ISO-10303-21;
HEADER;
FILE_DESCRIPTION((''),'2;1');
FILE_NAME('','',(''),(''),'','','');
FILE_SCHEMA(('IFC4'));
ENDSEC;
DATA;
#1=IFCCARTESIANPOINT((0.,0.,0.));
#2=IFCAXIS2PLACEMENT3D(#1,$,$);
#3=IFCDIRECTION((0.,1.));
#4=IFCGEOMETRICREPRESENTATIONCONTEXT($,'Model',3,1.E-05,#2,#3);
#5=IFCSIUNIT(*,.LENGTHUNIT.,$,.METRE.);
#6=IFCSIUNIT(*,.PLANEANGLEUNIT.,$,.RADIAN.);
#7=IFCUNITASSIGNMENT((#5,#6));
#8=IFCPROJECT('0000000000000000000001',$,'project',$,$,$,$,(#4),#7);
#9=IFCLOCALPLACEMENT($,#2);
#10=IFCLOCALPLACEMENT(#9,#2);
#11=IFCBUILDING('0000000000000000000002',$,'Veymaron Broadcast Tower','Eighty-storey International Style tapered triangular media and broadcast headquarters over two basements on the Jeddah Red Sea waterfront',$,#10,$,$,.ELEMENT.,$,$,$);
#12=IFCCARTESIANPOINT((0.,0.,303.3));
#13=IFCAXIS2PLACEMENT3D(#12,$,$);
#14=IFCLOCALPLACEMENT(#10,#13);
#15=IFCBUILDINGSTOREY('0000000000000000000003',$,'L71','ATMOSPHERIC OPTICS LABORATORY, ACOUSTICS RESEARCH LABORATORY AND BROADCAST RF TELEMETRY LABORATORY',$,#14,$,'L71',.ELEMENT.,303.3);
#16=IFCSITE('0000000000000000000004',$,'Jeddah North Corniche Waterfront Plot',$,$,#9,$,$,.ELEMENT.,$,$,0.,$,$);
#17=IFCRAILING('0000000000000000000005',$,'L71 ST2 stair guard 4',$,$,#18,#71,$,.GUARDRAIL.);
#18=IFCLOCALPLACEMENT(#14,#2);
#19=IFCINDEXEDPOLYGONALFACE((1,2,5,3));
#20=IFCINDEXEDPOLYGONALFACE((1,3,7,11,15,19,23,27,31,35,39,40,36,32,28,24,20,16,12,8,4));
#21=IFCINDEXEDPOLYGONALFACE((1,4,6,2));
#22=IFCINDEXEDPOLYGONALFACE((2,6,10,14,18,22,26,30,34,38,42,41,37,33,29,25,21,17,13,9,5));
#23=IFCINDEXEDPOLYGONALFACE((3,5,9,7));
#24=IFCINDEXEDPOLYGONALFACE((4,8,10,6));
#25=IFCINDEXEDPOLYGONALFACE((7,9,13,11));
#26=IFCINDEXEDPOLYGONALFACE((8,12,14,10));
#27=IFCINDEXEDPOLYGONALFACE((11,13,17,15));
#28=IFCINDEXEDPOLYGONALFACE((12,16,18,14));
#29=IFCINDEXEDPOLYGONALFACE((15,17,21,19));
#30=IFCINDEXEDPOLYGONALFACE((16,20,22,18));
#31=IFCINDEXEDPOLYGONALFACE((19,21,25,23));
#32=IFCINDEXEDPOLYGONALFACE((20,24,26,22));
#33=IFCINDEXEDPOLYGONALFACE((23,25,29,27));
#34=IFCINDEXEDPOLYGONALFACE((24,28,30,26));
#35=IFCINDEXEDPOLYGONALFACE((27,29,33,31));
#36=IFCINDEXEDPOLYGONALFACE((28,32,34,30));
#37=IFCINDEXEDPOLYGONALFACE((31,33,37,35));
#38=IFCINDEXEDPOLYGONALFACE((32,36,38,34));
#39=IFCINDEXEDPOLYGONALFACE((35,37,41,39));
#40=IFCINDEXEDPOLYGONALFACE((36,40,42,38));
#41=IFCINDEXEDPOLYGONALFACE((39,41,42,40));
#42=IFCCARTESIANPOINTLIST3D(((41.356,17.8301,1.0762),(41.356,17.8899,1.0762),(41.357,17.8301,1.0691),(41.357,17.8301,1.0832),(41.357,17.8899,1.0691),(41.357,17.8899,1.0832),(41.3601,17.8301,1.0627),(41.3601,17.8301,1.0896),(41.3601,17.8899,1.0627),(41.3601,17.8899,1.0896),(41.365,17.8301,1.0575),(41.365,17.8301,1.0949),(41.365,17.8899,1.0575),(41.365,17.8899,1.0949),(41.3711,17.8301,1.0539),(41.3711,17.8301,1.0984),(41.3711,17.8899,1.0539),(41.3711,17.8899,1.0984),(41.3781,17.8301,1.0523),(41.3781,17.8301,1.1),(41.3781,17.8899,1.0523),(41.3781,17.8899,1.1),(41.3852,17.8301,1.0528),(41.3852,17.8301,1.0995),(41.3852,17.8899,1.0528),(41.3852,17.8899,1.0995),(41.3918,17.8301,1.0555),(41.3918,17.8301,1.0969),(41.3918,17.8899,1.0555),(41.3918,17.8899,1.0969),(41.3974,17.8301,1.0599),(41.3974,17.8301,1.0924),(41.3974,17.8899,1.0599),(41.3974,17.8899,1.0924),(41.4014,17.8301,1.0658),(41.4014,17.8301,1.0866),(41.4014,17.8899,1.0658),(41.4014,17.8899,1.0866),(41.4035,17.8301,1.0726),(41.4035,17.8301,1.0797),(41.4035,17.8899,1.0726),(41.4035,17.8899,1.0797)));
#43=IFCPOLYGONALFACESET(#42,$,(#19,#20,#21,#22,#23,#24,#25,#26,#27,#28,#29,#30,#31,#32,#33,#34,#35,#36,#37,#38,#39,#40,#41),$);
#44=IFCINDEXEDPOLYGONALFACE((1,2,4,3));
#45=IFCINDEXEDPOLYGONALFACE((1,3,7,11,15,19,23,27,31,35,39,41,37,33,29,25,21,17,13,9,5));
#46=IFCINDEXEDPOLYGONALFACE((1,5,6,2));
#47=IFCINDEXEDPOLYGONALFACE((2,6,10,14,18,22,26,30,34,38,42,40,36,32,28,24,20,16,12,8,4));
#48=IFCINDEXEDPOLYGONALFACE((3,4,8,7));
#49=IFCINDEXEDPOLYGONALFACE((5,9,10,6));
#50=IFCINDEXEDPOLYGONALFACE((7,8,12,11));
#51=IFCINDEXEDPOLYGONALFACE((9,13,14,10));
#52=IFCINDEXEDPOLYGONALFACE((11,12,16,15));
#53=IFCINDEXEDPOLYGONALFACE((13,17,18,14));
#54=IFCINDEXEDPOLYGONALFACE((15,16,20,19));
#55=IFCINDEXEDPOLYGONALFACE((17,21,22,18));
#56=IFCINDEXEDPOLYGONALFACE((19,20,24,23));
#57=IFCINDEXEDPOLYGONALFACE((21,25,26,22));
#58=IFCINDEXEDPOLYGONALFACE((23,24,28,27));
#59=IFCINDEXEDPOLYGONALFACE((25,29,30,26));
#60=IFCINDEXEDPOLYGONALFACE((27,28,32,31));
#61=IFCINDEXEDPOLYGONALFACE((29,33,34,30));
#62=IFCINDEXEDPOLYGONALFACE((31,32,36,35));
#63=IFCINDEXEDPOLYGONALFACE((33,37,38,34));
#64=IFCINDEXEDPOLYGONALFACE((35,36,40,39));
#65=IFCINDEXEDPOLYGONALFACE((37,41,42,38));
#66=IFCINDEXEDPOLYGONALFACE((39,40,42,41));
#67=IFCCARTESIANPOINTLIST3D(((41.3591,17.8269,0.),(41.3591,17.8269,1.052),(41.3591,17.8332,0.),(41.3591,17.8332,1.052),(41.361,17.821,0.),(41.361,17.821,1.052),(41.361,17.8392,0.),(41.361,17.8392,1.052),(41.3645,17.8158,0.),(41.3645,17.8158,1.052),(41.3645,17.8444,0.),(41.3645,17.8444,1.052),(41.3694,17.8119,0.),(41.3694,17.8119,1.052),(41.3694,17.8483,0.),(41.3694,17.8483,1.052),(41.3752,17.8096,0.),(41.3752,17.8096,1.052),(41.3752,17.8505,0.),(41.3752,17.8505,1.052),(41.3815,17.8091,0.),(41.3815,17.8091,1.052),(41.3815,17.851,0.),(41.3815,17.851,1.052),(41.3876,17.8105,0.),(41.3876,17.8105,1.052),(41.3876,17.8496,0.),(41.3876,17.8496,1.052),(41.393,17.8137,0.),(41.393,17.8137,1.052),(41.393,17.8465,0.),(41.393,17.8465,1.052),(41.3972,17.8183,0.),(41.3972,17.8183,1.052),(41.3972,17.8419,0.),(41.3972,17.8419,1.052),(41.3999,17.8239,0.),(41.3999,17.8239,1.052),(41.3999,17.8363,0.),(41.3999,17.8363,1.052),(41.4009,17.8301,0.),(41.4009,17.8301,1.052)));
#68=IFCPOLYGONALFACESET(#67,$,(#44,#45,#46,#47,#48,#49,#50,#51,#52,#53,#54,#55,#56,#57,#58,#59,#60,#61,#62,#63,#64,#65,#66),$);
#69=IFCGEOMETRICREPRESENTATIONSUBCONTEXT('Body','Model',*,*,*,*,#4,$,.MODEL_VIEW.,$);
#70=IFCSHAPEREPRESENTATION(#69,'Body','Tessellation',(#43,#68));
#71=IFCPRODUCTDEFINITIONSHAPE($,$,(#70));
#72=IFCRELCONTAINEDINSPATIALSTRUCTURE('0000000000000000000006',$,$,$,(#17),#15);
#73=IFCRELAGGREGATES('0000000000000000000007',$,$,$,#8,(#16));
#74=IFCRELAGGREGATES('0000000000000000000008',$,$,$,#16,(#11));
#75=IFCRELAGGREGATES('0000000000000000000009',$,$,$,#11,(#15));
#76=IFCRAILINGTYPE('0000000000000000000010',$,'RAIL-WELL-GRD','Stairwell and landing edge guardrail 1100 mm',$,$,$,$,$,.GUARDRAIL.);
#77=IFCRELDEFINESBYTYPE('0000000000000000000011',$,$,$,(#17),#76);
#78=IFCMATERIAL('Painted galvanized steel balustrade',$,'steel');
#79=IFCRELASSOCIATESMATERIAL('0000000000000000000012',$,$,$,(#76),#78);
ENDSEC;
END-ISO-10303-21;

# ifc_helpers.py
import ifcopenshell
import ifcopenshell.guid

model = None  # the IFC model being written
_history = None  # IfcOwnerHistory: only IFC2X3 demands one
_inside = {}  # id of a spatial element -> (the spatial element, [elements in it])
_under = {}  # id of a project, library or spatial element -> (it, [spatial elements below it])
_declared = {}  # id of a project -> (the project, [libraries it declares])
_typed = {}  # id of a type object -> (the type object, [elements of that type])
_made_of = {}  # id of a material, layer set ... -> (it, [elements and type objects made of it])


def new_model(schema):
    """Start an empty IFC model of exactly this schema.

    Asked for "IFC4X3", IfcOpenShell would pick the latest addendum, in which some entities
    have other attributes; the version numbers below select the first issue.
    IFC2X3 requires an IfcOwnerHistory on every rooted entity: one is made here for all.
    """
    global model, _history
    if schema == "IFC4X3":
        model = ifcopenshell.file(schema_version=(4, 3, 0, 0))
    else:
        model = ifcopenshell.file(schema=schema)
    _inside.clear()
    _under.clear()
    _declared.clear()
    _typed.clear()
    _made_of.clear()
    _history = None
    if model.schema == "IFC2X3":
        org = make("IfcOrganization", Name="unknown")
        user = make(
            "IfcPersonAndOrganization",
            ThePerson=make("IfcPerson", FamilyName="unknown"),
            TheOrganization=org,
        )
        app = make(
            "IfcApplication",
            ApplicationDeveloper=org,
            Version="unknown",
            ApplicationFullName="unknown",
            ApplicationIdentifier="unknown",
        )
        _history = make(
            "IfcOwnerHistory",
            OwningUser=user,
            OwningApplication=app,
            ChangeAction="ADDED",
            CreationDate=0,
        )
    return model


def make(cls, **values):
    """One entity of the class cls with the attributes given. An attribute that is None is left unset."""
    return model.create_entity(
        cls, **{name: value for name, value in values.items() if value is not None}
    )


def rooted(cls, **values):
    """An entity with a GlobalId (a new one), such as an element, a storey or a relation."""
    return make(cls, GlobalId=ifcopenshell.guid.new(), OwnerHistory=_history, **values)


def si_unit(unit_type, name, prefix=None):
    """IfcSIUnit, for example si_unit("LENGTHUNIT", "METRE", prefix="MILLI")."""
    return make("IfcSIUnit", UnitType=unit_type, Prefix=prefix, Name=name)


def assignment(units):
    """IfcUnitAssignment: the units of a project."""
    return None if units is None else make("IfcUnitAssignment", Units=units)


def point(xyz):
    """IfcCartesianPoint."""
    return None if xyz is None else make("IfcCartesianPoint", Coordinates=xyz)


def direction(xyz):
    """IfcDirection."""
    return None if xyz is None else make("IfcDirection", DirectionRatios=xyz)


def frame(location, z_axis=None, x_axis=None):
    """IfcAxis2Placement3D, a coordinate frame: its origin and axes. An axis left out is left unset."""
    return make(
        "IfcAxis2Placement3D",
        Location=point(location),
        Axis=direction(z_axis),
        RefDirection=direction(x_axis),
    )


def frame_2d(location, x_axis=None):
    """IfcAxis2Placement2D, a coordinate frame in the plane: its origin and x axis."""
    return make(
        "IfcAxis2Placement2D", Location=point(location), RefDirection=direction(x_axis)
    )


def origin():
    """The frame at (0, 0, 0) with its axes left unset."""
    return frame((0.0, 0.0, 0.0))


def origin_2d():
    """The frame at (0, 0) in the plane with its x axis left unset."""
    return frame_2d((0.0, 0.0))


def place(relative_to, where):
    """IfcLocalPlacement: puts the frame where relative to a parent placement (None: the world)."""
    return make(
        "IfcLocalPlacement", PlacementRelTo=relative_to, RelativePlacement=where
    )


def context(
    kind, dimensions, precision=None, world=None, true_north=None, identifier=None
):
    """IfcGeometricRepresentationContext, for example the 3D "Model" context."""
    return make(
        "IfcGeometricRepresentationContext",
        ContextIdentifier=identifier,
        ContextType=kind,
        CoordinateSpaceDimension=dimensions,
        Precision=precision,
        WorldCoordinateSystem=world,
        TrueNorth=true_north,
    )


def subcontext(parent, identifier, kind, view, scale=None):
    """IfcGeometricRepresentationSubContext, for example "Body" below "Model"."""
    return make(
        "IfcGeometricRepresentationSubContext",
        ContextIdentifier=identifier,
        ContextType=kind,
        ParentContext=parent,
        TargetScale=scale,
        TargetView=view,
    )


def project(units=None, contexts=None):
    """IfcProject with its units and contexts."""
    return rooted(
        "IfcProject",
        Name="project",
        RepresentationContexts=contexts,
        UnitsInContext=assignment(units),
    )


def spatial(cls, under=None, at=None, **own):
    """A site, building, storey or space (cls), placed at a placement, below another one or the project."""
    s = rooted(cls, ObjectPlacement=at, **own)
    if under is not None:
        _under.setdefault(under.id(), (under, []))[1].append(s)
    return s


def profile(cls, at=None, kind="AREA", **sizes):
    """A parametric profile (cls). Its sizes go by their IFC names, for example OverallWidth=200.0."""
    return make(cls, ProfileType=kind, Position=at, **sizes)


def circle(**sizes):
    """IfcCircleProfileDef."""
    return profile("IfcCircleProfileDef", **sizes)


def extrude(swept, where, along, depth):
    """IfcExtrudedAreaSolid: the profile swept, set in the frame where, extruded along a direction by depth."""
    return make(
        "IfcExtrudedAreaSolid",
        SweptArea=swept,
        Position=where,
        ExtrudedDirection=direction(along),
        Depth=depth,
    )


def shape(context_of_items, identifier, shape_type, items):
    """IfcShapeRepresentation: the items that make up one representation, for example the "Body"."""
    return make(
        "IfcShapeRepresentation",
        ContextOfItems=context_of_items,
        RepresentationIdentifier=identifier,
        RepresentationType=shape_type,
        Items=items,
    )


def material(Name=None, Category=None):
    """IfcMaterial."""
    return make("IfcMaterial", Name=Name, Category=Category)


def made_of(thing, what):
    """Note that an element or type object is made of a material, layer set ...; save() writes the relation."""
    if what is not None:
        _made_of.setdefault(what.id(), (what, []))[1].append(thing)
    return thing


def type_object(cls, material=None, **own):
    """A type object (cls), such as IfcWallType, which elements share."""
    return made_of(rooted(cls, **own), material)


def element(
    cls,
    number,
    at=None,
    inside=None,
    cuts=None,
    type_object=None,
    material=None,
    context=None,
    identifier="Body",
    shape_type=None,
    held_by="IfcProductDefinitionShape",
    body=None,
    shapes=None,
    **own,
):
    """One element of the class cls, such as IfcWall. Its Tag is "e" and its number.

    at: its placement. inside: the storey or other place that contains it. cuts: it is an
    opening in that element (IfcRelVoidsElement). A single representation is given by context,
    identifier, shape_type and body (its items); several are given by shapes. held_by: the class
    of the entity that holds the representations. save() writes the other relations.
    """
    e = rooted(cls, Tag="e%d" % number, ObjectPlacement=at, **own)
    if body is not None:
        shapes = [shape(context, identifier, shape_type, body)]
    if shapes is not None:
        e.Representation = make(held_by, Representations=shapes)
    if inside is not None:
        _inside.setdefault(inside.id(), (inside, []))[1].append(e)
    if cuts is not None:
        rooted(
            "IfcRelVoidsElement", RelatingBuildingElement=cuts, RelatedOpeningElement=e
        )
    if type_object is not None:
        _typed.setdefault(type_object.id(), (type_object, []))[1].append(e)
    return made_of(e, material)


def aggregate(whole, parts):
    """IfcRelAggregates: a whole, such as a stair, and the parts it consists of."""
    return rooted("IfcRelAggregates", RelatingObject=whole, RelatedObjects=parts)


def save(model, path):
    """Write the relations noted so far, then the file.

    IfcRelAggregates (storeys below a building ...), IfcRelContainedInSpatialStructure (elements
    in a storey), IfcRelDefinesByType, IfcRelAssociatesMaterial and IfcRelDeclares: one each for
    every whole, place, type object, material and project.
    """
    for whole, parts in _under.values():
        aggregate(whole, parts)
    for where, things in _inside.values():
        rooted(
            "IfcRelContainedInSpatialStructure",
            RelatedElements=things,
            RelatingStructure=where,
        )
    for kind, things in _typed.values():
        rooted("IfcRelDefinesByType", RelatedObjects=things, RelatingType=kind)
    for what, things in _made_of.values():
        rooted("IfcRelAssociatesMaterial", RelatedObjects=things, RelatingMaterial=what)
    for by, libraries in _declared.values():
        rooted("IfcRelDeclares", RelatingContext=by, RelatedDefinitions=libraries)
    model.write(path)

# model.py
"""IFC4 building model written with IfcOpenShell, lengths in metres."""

from ifc_helpers import new_model, si_unit, direction, frame, origin, origin_2d, place, context, subcontext, project, spatial, circle, extrude, material, type_object, element, save


model = new_model("IFC4")

# Units and contexts
model_context = context("Model", 3, precision=1e-05, world=origin(), true_north=direction((0.0, 1.0)))
body_context = subcontext(model_context, "Body", "Model", "MODEL_VIEW")
ifc_project = project(units=[si_unit("LENGTHUNIT", "METRE"), si_unit("PLANEANGLEUNIT", "RADIAN")], contexts=[model_context])

# Site, building, storey
site_placement = place(None, origin())
site = spatial("IfcSite", under=ifc_project, at=site_placement, Name="Jeddah North Corniche Waterfront Plot", CompositionType="ELEMENT", RefElevation=0.0)
building_placement = place(site_placement, origin())
building = spatial("IfcBuilding", under=site, at=building_placement, Name="Veymaron Broadcast Tower", Description="Eighty-storey International Style tapered triangular media and broadcast headquarters over two basements on the Jeddah Red Sea waterfront", CompositionType="ELEMENT")
storey_placement = place(building_placement, frame((0.0, 0.0, 303.3)))
storey = spatial("IfcBuildingStorey", under=building, at=storey_placement, Name="L71", Description="ATMOSPHERIC OPTICS LABORATORY, ACOUSTICS RESEARCH LABORATORY AND BROADCAST RF TELEMETRY LABORATORY", LongName="L71", CompositionType="ELEMENT", Elevation=303.3)

# Railing
ifc_material_1 = material(Name="Painted galvanized steel balustrade", Category="steel")
railing_type_1 = type_object("IfcRailingType", Name="RAIL-WELL-GRD", Description="Stairwell and landing edge guardrail 1100 mm", PredefinedType="GUARDRAIL", material=ifc_material_1)
railing_1_placement = place(storey_placement, frame((41.3799, 17.8301, 0.0)))
element("IfcRailing", 1, at=railing_1_placement, inside=storey, type_object=railing_type_1, Name="L71 ST2 stair guard 4", PredefinedType="GUARDRAIL", context=body_context, shape_type="SweptSolid", body=[
    extrude(circle(Radius=0.0239, at=origin_2d()), frame((0.0, 0.0, 1.0762), z_axis=(0.0, 1.0, 0.0), x_axis=(-1.0, 0.0, 0.0)), (0.0, 0.0, 1.0), 0.0598),
    extrude(circle(Radius=0.021, at=origin_2d()), origin(), (0.0, 0.0, 1.0), 1.052),
])

save(model, "model.ifc")
